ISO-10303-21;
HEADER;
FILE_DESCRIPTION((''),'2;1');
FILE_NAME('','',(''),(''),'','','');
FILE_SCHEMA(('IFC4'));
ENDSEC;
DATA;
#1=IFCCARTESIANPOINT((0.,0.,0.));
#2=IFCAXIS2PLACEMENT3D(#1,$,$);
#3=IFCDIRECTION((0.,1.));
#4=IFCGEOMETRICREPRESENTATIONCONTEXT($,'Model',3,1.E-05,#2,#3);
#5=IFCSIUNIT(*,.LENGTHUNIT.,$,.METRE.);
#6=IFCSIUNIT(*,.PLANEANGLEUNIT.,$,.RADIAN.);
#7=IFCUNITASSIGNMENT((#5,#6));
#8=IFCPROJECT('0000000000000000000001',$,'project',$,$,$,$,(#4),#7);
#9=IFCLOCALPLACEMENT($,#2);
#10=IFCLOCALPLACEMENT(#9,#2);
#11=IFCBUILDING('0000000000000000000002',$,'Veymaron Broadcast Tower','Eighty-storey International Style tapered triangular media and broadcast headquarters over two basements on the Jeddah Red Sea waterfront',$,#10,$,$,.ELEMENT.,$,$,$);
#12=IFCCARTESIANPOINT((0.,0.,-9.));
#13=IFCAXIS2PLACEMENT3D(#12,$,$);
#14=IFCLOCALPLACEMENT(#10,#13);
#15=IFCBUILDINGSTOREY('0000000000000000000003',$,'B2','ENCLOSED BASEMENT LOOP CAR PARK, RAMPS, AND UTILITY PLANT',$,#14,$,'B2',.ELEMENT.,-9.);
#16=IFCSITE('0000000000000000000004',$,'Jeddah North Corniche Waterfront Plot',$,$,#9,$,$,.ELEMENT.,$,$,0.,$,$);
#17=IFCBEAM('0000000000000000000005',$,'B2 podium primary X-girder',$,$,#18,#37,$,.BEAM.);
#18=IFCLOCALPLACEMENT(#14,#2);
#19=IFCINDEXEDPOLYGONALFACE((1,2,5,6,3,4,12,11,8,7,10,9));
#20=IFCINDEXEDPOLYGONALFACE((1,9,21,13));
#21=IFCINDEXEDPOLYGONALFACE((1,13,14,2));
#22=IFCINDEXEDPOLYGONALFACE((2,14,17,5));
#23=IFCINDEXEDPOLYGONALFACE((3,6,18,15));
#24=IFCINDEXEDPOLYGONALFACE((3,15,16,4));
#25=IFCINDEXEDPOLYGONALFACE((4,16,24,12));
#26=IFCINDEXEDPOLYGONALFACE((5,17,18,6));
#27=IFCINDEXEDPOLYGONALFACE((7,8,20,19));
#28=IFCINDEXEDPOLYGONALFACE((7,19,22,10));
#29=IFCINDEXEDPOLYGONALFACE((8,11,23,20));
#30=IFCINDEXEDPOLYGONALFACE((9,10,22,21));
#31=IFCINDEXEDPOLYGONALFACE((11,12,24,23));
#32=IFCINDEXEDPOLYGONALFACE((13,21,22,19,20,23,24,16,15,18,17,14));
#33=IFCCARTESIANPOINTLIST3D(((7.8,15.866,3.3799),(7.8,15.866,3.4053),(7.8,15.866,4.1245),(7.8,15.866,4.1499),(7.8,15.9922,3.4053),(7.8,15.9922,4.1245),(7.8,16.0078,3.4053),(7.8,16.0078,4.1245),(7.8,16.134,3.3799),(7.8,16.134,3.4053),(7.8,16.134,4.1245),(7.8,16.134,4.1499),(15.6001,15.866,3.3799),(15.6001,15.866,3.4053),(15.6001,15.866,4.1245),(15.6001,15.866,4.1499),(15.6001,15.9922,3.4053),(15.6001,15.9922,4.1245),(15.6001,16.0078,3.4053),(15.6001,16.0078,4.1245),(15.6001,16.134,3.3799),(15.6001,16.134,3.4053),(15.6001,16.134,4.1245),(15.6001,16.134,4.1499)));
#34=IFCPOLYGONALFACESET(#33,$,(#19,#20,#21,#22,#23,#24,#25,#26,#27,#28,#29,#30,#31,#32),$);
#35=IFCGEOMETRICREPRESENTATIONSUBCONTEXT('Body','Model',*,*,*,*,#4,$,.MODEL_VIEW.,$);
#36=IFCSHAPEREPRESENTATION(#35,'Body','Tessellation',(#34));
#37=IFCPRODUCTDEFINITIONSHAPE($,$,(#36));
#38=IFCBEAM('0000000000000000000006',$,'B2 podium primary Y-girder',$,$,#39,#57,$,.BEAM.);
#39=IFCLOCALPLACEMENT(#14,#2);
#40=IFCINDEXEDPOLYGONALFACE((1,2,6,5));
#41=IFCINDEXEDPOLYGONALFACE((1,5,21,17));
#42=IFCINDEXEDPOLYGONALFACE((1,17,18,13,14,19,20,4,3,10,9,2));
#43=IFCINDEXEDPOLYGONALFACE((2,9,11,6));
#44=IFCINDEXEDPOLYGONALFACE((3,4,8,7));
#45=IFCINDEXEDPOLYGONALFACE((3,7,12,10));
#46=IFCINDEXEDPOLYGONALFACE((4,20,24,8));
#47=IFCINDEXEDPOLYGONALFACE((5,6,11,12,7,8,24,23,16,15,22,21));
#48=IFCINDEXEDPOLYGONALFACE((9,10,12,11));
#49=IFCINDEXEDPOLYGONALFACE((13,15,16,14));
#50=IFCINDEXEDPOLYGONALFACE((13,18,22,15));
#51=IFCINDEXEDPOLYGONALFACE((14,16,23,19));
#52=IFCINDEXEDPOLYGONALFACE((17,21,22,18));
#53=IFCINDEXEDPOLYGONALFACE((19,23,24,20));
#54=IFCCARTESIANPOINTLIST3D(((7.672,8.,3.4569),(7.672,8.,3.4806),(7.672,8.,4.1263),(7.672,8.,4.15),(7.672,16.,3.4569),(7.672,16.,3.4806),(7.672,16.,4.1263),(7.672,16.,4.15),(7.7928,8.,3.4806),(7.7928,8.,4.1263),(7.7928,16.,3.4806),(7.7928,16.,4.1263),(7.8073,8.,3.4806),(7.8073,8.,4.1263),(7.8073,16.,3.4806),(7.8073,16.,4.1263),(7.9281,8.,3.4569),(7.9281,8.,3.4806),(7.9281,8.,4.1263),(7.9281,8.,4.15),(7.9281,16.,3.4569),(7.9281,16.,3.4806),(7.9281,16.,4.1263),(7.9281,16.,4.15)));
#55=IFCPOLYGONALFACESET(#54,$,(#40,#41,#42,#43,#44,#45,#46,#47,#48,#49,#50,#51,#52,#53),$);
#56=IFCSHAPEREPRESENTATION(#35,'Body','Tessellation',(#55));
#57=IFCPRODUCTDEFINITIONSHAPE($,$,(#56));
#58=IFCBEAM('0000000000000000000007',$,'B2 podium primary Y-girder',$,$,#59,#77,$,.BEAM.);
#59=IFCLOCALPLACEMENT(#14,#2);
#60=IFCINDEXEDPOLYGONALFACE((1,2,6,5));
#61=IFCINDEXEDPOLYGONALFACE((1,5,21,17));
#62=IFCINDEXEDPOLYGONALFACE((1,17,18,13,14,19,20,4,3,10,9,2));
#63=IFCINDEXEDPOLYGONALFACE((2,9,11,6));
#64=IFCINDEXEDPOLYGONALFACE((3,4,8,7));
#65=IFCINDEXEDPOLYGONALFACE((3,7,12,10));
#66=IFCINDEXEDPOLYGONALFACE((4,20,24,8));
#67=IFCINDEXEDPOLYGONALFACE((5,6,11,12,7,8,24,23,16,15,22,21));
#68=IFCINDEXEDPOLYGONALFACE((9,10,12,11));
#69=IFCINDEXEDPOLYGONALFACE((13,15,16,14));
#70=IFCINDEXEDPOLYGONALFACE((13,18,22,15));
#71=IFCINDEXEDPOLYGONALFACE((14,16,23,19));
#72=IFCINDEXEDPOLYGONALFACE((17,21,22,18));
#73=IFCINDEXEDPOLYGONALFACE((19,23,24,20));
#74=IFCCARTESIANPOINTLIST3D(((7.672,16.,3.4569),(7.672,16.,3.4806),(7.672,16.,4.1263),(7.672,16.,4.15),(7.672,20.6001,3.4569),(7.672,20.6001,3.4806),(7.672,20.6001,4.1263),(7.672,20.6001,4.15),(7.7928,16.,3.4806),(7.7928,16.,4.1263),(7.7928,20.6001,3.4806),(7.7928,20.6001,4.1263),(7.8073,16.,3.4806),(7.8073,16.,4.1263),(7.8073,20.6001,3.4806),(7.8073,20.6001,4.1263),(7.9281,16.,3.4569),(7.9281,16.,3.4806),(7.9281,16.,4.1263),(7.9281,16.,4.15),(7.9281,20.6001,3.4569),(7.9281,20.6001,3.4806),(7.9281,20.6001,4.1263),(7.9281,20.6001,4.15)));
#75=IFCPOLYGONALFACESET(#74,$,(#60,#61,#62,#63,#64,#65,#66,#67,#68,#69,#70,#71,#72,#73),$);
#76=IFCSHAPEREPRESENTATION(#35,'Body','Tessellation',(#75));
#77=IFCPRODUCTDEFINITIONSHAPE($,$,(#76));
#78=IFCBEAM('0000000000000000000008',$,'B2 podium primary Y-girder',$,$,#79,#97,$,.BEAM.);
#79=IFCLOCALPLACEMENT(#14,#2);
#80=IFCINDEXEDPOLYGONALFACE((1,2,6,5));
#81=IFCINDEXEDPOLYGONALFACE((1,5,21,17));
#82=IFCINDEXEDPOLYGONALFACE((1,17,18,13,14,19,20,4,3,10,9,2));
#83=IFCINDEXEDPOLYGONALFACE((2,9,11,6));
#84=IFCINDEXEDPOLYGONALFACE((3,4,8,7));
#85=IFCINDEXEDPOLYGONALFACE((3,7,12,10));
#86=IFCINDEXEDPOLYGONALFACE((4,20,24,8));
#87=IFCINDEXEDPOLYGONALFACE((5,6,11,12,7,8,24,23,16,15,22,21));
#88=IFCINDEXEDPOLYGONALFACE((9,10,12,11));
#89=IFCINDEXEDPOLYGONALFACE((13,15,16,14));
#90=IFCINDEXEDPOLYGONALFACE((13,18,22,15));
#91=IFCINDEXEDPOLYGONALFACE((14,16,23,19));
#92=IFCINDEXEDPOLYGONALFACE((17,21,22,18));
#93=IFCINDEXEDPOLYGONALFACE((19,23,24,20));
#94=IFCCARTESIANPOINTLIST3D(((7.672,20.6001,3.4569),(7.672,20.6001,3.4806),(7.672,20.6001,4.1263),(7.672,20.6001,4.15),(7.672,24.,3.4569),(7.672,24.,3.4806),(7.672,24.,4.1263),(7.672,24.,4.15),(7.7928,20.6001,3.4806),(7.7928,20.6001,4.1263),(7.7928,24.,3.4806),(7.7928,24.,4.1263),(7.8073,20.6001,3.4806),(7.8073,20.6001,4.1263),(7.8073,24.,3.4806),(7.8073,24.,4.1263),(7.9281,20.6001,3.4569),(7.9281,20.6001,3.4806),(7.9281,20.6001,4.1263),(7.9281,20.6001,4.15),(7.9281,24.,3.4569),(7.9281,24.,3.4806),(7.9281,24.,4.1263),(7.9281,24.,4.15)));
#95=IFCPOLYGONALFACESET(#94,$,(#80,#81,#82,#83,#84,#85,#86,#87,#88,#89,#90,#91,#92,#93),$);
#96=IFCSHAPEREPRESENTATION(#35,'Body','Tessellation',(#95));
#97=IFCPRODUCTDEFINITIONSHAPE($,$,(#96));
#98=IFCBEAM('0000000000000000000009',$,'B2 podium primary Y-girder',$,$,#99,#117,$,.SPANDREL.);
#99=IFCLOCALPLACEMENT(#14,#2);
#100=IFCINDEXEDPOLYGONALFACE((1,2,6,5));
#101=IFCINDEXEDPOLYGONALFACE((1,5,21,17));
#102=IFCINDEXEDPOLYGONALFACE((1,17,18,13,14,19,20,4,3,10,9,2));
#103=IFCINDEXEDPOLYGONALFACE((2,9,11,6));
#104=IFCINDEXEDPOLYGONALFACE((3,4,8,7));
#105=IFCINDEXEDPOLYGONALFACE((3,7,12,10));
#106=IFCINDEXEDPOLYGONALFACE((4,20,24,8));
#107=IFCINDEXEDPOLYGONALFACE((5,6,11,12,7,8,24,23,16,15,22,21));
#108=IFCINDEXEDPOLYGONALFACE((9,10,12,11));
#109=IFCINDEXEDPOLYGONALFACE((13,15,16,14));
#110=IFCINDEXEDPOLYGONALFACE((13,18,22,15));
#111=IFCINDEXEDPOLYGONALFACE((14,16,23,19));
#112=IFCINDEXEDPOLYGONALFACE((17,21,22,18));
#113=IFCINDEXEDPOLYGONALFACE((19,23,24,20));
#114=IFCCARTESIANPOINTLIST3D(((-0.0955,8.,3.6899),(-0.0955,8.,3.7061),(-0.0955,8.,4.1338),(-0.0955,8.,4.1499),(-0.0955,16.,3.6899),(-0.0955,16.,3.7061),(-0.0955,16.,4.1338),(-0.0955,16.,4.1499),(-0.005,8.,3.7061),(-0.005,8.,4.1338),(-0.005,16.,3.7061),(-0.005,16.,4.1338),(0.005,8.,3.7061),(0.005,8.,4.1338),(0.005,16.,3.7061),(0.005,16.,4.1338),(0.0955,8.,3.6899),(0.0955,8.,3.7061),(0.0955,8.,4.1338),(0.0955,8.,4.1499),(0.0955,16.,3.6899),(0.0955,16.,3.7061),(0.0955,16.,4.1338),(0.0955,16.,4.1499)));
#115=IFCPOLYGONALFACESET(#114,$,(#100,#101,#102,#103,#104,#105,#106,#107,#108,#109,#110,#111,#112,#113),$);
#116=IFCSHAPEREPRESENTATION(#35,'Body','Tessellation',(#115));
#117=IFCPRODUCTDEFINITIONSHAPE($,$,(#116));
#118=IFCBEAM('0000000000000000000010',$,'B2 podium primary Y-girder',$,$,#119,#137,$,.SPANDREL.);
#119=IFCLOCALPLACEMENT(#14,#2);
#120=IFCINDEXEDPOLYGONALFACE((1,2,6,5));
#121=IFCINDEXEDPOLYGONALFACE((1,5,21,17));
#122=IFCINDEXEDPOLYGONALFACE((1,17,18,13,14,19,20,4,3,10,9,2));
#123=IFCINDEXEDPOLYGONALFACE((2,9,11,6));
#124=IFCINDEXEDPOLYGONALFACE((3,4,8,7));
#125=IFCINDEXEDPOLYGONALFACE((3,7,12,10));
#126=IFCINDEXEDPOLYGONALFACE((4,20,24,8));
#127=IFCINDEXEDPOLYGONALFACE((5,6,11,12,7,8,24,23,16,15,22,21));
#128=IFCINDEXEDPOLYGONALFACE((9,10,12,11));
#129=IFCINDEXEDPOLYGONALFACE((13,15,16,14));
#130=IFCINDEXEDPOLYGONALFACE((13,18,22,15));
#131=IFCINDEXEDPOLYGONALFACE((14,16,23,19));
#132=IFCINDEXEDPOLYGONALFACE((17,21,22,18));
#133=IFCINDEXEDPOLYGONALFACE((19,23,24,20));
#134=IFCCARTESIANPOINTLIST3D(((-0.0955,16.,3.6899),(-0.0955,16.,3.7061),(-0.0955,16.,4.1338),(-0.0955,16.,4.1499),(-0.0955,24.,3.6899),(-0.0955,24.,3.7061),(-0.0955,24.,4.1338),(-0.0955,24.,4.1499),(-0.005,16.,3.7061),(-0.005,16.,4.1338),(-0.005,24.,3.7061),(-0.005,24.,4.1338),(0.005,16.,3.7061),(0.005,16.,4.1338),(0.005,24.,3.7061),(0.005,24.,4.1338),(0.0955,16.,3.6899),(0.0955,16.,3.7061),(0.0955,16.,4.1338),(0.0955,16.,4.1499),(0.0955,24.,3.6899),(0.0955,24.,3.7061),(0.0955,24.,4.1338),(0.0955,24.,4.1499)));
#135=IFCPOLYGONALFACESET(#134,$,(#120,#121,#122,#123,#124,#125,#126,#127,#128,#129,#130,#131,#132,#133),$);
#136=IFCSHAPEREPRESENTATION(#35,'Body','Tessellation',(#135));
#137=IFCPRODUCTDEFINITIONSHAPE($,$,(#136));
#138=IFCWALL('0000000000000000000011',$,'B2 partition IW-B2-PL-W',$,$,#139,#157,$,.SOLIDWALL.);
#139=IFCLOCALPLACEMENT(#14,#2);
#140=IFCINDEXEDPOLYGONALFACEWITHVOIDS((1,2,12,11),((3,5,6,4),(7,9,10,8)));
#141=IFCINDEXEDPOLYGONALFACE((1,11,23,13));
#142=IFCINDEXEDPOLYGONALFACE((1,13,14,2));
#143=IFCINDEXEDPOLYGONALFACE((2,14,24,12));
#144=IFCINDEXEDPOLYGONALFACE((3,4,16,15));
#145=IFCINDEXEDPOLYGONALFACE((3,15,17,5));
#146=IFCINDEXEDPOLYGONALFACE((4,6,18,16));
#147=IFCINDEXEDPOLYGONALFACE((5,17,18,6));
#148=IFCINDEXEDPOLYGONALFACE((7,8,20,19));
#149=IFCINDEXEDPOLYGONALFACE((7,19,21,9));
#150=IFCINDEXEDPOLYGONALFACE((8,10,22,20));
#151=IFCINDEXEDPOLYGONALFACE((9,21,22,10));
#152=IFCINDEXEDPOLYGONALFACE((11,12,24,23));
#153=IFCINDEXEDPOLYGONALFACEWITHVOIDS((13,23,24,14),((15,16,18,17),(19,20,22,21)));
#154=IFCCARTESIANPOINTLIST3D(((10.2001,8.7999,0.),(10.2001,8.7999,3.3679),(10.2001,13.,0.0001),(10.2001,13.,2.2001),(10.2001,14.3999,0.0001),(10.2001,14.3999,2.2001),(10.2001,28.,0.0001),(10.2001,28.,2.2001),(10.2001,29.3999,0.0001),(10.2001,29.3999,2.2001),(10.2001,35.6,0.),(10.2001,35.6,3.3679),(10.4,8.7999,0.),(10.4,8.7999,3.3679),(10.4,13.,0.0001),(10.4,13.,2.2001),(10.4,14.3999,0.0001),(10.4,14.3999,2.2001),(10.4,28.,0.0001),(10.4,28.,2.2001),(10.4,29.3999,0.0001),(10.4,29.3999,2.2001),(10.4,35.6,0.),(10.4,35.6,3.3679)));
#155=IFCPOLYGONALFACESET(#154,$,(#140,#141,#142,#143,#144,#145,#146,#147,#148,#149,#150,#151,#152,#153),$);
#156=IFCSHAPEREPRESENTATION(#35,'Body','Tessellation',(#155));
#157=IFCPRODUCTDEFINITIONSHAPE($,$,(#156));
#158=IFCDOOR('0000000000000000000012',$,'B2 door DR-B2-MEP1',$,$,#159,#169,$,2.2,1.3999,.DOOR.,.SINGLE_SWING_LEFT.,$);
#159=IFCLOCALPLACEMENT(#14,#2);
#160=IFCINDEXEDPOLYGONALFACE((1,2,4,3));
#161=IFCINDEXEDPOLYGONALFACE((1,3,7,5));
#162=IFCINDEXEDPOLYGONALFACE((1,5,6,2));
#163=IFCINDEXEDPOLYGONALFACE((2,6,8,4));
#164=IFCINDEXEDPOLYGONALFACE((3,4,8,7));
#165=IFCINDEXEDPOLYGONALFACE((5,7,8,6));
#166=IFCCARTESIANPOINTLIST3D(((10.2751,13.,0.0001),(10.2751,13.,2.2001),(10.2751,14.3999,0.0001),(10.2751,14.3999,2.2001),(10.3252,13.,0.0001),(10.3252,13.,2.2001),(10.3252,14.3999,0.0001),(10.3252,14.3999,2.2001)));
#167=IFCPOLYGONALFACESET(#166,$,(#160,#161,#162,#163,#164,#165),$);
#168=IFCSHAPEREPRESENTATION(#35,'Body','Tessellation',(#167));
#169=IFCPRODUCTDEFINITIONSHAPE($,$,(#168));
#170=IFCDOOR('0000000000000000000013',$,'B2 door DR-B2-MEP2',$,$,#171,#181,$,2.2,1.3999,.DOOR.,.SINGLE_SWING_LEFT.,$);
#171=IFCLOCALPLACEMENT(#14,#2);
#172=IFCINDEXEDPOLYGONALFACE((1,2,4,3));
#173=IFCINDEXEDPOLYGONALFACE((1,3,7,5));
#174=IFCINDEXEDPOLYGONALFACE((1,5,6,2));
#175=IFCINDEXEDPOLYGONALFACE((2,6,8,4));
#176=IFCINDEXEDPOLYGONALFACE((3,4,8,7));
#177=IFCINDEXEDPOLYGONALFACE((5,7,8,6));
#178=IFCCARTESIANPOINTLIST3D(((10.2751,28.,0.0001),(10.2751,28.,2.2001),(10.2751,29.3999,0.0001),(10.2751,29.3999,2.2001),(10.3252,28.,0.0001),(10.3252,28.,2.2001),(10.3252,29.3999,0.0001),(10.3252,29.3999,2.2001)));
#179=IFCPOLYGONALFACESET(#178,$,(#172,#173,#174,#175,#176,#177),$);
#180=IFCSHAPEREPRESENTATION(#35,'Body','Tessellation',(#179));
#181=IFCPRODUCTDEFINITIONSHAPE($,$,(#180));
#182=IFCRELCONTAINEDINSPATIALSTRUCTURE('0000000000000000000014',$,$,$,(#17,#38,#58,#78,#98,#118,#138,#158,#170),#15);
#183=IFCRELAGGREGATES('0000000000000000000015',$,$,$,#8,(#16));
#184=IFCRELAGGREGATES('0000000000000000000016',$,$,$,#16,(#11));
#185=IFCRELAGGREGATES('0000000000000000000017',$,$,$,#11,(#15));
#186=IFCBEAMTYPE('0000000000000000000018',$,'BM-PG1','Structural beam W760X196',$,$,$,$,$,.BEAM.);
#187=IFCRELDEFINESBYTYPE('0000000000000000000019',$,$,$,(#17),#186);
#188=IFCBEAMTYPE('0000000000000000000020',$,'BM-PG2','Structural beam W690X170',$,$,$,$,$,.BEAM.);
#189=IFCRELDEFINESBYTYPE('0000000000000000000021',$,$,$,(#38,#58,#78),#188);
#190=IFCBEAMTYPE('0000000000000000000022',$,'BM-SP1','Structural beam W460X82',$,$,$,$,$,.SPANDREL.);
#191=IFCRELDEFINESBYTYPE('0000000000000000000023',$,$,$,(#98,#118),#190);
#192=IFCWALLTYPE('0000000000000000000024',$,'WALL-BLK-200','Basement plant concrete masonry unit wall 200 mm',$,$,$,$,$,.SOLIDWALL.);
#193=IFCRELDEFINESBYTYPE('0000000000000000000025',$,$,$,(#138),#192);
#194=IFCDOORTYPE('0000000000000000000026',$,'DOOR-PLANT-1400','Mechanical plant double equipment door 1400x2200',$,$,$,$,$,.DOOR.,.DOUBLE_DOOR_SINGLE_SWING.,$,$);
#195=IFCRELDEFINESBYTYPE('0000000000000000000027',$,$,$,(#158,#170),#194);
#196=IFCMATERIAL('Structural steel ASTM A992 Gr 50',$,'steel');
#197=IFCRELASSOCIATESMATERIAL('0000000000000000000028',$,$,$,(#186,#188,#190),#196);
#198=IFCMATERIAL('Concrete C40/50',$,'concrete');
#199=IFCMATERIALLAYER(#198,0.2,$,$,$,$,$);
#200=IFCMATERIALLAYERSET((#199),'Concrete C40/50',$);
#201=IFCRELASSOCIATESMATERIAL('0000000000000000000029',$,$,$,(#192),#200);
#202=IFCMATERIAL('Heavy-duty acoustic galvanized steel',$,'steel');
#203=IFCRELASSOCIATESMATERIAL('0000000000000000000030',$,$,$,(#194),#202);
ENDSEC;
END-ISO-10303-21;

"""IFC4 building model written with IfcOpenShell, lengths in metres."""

from ifc_helpers import new_model, si_unit, direction, frame, frame_2d, origin, origin_2d, place, context, subcontext, project, spatial, rectangle, i_section, extrude, material, layer, layer_set, material_profile, profile_set, type_object, element, fill, save


model = new_model("IFC4")

# Units and contexts
model_context = context("Model", 3, precision=1e-05, world=origin(), true_north=direction((0.0, 1.0)))
body_context = subcontext(model_context, "Body", "Model", "MODEL_VIEW")
ifc_project = project(units=[si_unit("LENGTHUNIT", "METRE"), si_unit("PLANEANGLEUNIT", "RADIAN")], contexts=[model_context])

# Site, building, storey
site_placement = place(None, origin())
site = spatial("IfcSite", under=ifc_project, at=site_placement, Name="Jeddah North Corniche Waterfront Plot", CompositionType="ELEMENT", RefElevation=0.0)
building_placement = place(site_placement, origin())
building = spatial("IfcBuilding", under=site, at=building_placement, Name="Veymaron Broadcast Tower", Description="Eighty-storey International Style tapered triangular media and broadcast headquarters over two basements on the Jeddah Red Sea waterfront", CompositionType="ELEMENT")
storey_placement = place(building_placement, frame((0.0, 0.0, -9.0)))
storey = spatial("IfcBuildingStorey", under=building, at=storey_placement, Name="B2", Description="ENCLOSED BASEMENT LOOP CAR PARK, RAMPS, AND UTILITY PLANT", LongName="B2", CompositionType="ELEMENT", Elevation=-9.0)

# Beams
ifc_material_1 = material(Name="Structural steel ASTM A992 Gr 50", Category="steel")
ifc_material_profile_1 = material_profile(ifc_material_1, i_section(OverallWidth=0.2681, OverallDepth=0.77, WebThickness=0.0156, FlangeThickness=0.0254, at=origin_2d()), Name="W760X196")
ifc_profile_set_1 = profile_set([ifc_material_profile_1], Name="Structural steel ASTM A992 Gr 50")
beam_type_1 = type_object("IfcBeamType", Name="BM-PG1", Description="Structural beam W760X196", PredefinedType="BEAM", material=ifc_profile_set_1)
for number, where, z_axis, x_axis, name in (
    (1, (7.8, 16.0, 3.7649), (1.0, 0.0, 0.0), (0.0, 1.0, 0.0), "B2 podium primary X-girder"),
):
    element("IfcBeam", number, at=place(storey_placement, frame(where, z_axis=z_axis, x_axis=x_axis)), inside=storey, type_object=beam_type_1, Name=name, PredefinedType="BEAM", context=body_context, shape_type="SweptSolid", body=[
        extrude(i_section(OverallWidth=0.2681, OverallDepth=0.77, WebThickness=0.0156, FlangeThickness=0.0254, at=origin_2d()), origin(), (0.0, 0.0, 1.0), 7.8),
    ])
ifc_material_profile_2 = material_profile(ifc_material_1, i_section(OverallWidth=0.2561, OverallDepth=0.6931, WebThickness=0.0144, FlangeThickness=0.0237, at=origin_2d()), Name="W690X170")
ifc_profile_set_2 = profile_set([ifc_material_profile_2], Name="Structural steel ASTM A992 Gr 50")
beam_type_2 = type_object("IfcBeamType", Name="BM-PG2", Description="Structural beam W690X170", PredefinedType="BEAM", material=ifc_profile_set_2)
beam_1_placement = place(storey_placement, frame((7.8, 8.0, 3.8035), z_axis=(0.0, 1.0, 0.0), x_axis=(-1.0, 0.0, 0.0)))
element("IfcBeam", 2, at=beam_1_placement, inside=storey, type_object=beam_type_2, Name="B2 podium primary Y-girder", PredefinedType="BEAM", context=body_context, shape_type="SweptSolid", body=[
    extrude(i_section(OverallWidth=0.2561, OverallDepth=0.6931, WebThickness=0.0144, FlangeThickness=0.0237, at=origin_2d()), origin(), (0.0, 0.0, 1.0), 8.0),
])
beam_2_placement = place(storey_placement, frame((7.8, 16.0, 3.8035), z_axis=(0.0, 1.0, 0.0), x_axis=(-1.0, 0.0, 0.0)))
element("IfcBeam", 3, at=beam_2_placement, inside=storey, type_object=beam_type_2, Name="B2 podium primary Y-girder", PredefinedType="BEAM", context=body_context, shape_type="SweptSolid", body=[
    extrude(i_section(OverallWidth=0.2561, OverallDepth=0.6931, WebThickness=0.0144, FlangeThickness=0.0237, at=origin_2d()), origin(), (0.0, 0.0, 1.0), 4.6001),
])
beam_3_placement = place(storey_placement, frame((7.8, 20.6001, 3.8035), z_axis=(0.0, 1.0, 0.0), x_axis=(-1.0, 0.0, 0.0)))
element("IfcBeam", 4, at=beam_3_placement, inside=storey, type_object=beam_type_2, Name="B2 podium primary Y-girder", PredefinedType="BEAM", context=body_context, shape_type="SweptSolid", body=[
    extrude(i_section(OverallWidth=0.2561, OverallDepth=0.6931, WebThickness=0.0144, FlangeThickness=0.0237, at=origin_2d()), origin(), (0.0, 0.0, 1.0), 3.3999),
])
ifc_material_profile_3 = material_profile(ifc_material_1, i_section(OverallWidth=0.1909, OverallDepth=0.46, WebThickness=0.01, FlangeThickness=0.0161, at=origin_2d()), Name="W460X82")
ifc_profile_set_3 = profile_set([ifc_material_profile_3], Name="Structural steel ASTM A992 Gr 50")
beam_type_3 = type_object("IfcBeamType", Name="BM-SP1", Description="Structural beam W460X82", PredefinedType="SPANDREL", material=ifc_profile_set_3)
for number, where, z_axis, x_axis, name in (
    (5, (0.0, 8.0, 3.9199), (0.0, 1.0, 0.0), (-1.0, 0.0, 0.0), "B2 podium primary Y-girder"),
    (6, (0.0, 16.0, 3.9199), (0.0, 1.0, 0.0), (-1.0, 0.0, 0.0), "B2 podium primary Y-girder"),
):
    element("IfcBeam", number, at=place(storey_placement, frame(where, z_axis=z_axis, x_axis=x_axis)), inside=storey, type_object=beam_type_3, Name=name, PredefinedType="SPANDREL", context=body_context, shape_type="SweptSolid", body=[
        extrude(i_section(OverallWidth=0.1909, OverallDepth=0.46, WebThickness=0.01, FlangeThickness=0.0161, at=origin_2d()), origin(), (0.0, 0.0, 1.0), 8.0),
    ])

# Wall, openings, doors
ifc_material_2 = material(Name="Concrete C40/50", Category="concrete")
ifc_layer = layer(ifc_material_2, 0.2)
ifc_layer_set = layer_set([ifc_layer], Name="Concrete C40/50")
wall_type = type_object("IfcWallType", Name="WALL-BLK-200", Description="Basement plant concrete masonry unit wall 200 mm", PredefinedType="SOLIDWALL", material=ifc_layer_set)
wall_1_placement = place(storey_placement, frame((10.3, 8.8, 0.0), z_axis=(0.0, 0.0, 1.0), x_axis=(0.0, 1.0, 0.0)))
wall_1 = element("IfcWall", 7, at=wall_1_placement, inside=storey, type_object=wall_type, Name="B2 partition IW-B2-PL-W", PredefinedType="SOLIDWALL", context=body_context, shape_type="SweptSolid", body=[
    extrude(rectangle(XDim=26.8, YDim=0.2, at=frame_2d((13.3999, 0.0))), origin(), (0.0, 0.0, 1.0), 3.3679),
])
opening_1_placement = place(wall_1_placement, frame((4.2, 0.0, 0.0)))
opening_1 = element("IfcOpeningElement", 8, at=opening_1_placement, cuts=wall_1, PredefinedType="OPENING", context=body_context, shape_type="SweptSolid", body=[
    extrude(rectangle(XDim=1.3999, YDim=2.2, at=frame_2d((0.7, 1.1001))), frame((0.0, 0.1099, 0.0), z_axis=(0.0, -1.0, 0.0), x_axis=(1.0, 0.0, 0.0)), (0.0, 0.0, 1.0), 0.22),
])
opening_2_placement = place(wall_1_placement, frame((19.2, 0.0, 0.0)))
opening_2 = element("IfcOpeningElement", 9, at=opening_2_placement, cuts=wall_1, PredefinedType="OPENING", context=body_context, shape_type="SweptSolid", body=[
    extrude(rectangle(XDim=1.3999, YDim=2.2, at=frame_2d((0.7, 1.1001))), frame((0.0, 0.1099, 0.0), z_axis=(0.0, -1.0, 0.0), x_axis=(1.0, 0.0, 0.0)), (0.0, 0.0, 1.0), 0.22),
])
ifc_material_3 = material(Name="Heavy-duty acoustic galvanized steel", Category="steel")
door_type = type_object("IfcDoorType", Name="DOOR-PLANT-1400", Description="Mechanical plant double equipment door 1400x2200", OperationType="DOUBLE_DOOR_SINGLE_SWING", PredefinedType="DOOR", material=ifc_material_3)
door_1_placement = place(opening_1_placement, origin())
door_1 = element("IfcDoor", 10, at=door_1_placement, inside=storey, type_object=door_type, Name="B2 door DR-B2-MEP1", OperationType="SINGLE_SWING_LEFT", OverallHeight=2.2, OverallWidth=1.3999, PredefinedType="DOOR", context=body_context, shape_type="SweptSolid", body=[
    extrude(rectangle(XDim=1.3999, YDim=2.2, at=frame_2d((0.7, 1.1001))), frame((0.0, 0.0249, 0.0), z_axis=(0.0, -1.0, 0.0), x_axis=(1.0, 0.0, 0.0)), (0.0, 0.0, 1.0), 0.05),
])
fill(opening_1, door_1)
door_2_placement = place(opening_2_placement, origin())
door_2 = element("IfcDoor", 11, at=door_2_placement, inside=storey, type_object=door_type, Name="B2 door DR-B2-MEP2", OperationType="SINGLE_SWING_LEFT", OverallHeight=2.2, OverallWidth=1.3999, PredefinedType="DOOR", context=body_context, shape_type="SweptSolid", body=[
    extrude(rectangle(XDim=1.3999, YDim=2.2, at=frame_2d((0.7, 1.1001))), frame((0.0, 0.0249, 0.0), z_axis=(0.0, -1.0, 0.0), x_axis=(1.0, 0.0, 0.0)), (0.0, 0.0, 1.0), 0.05),
])
fill(opening_2, door_2)

save(model, "model.ifc")
